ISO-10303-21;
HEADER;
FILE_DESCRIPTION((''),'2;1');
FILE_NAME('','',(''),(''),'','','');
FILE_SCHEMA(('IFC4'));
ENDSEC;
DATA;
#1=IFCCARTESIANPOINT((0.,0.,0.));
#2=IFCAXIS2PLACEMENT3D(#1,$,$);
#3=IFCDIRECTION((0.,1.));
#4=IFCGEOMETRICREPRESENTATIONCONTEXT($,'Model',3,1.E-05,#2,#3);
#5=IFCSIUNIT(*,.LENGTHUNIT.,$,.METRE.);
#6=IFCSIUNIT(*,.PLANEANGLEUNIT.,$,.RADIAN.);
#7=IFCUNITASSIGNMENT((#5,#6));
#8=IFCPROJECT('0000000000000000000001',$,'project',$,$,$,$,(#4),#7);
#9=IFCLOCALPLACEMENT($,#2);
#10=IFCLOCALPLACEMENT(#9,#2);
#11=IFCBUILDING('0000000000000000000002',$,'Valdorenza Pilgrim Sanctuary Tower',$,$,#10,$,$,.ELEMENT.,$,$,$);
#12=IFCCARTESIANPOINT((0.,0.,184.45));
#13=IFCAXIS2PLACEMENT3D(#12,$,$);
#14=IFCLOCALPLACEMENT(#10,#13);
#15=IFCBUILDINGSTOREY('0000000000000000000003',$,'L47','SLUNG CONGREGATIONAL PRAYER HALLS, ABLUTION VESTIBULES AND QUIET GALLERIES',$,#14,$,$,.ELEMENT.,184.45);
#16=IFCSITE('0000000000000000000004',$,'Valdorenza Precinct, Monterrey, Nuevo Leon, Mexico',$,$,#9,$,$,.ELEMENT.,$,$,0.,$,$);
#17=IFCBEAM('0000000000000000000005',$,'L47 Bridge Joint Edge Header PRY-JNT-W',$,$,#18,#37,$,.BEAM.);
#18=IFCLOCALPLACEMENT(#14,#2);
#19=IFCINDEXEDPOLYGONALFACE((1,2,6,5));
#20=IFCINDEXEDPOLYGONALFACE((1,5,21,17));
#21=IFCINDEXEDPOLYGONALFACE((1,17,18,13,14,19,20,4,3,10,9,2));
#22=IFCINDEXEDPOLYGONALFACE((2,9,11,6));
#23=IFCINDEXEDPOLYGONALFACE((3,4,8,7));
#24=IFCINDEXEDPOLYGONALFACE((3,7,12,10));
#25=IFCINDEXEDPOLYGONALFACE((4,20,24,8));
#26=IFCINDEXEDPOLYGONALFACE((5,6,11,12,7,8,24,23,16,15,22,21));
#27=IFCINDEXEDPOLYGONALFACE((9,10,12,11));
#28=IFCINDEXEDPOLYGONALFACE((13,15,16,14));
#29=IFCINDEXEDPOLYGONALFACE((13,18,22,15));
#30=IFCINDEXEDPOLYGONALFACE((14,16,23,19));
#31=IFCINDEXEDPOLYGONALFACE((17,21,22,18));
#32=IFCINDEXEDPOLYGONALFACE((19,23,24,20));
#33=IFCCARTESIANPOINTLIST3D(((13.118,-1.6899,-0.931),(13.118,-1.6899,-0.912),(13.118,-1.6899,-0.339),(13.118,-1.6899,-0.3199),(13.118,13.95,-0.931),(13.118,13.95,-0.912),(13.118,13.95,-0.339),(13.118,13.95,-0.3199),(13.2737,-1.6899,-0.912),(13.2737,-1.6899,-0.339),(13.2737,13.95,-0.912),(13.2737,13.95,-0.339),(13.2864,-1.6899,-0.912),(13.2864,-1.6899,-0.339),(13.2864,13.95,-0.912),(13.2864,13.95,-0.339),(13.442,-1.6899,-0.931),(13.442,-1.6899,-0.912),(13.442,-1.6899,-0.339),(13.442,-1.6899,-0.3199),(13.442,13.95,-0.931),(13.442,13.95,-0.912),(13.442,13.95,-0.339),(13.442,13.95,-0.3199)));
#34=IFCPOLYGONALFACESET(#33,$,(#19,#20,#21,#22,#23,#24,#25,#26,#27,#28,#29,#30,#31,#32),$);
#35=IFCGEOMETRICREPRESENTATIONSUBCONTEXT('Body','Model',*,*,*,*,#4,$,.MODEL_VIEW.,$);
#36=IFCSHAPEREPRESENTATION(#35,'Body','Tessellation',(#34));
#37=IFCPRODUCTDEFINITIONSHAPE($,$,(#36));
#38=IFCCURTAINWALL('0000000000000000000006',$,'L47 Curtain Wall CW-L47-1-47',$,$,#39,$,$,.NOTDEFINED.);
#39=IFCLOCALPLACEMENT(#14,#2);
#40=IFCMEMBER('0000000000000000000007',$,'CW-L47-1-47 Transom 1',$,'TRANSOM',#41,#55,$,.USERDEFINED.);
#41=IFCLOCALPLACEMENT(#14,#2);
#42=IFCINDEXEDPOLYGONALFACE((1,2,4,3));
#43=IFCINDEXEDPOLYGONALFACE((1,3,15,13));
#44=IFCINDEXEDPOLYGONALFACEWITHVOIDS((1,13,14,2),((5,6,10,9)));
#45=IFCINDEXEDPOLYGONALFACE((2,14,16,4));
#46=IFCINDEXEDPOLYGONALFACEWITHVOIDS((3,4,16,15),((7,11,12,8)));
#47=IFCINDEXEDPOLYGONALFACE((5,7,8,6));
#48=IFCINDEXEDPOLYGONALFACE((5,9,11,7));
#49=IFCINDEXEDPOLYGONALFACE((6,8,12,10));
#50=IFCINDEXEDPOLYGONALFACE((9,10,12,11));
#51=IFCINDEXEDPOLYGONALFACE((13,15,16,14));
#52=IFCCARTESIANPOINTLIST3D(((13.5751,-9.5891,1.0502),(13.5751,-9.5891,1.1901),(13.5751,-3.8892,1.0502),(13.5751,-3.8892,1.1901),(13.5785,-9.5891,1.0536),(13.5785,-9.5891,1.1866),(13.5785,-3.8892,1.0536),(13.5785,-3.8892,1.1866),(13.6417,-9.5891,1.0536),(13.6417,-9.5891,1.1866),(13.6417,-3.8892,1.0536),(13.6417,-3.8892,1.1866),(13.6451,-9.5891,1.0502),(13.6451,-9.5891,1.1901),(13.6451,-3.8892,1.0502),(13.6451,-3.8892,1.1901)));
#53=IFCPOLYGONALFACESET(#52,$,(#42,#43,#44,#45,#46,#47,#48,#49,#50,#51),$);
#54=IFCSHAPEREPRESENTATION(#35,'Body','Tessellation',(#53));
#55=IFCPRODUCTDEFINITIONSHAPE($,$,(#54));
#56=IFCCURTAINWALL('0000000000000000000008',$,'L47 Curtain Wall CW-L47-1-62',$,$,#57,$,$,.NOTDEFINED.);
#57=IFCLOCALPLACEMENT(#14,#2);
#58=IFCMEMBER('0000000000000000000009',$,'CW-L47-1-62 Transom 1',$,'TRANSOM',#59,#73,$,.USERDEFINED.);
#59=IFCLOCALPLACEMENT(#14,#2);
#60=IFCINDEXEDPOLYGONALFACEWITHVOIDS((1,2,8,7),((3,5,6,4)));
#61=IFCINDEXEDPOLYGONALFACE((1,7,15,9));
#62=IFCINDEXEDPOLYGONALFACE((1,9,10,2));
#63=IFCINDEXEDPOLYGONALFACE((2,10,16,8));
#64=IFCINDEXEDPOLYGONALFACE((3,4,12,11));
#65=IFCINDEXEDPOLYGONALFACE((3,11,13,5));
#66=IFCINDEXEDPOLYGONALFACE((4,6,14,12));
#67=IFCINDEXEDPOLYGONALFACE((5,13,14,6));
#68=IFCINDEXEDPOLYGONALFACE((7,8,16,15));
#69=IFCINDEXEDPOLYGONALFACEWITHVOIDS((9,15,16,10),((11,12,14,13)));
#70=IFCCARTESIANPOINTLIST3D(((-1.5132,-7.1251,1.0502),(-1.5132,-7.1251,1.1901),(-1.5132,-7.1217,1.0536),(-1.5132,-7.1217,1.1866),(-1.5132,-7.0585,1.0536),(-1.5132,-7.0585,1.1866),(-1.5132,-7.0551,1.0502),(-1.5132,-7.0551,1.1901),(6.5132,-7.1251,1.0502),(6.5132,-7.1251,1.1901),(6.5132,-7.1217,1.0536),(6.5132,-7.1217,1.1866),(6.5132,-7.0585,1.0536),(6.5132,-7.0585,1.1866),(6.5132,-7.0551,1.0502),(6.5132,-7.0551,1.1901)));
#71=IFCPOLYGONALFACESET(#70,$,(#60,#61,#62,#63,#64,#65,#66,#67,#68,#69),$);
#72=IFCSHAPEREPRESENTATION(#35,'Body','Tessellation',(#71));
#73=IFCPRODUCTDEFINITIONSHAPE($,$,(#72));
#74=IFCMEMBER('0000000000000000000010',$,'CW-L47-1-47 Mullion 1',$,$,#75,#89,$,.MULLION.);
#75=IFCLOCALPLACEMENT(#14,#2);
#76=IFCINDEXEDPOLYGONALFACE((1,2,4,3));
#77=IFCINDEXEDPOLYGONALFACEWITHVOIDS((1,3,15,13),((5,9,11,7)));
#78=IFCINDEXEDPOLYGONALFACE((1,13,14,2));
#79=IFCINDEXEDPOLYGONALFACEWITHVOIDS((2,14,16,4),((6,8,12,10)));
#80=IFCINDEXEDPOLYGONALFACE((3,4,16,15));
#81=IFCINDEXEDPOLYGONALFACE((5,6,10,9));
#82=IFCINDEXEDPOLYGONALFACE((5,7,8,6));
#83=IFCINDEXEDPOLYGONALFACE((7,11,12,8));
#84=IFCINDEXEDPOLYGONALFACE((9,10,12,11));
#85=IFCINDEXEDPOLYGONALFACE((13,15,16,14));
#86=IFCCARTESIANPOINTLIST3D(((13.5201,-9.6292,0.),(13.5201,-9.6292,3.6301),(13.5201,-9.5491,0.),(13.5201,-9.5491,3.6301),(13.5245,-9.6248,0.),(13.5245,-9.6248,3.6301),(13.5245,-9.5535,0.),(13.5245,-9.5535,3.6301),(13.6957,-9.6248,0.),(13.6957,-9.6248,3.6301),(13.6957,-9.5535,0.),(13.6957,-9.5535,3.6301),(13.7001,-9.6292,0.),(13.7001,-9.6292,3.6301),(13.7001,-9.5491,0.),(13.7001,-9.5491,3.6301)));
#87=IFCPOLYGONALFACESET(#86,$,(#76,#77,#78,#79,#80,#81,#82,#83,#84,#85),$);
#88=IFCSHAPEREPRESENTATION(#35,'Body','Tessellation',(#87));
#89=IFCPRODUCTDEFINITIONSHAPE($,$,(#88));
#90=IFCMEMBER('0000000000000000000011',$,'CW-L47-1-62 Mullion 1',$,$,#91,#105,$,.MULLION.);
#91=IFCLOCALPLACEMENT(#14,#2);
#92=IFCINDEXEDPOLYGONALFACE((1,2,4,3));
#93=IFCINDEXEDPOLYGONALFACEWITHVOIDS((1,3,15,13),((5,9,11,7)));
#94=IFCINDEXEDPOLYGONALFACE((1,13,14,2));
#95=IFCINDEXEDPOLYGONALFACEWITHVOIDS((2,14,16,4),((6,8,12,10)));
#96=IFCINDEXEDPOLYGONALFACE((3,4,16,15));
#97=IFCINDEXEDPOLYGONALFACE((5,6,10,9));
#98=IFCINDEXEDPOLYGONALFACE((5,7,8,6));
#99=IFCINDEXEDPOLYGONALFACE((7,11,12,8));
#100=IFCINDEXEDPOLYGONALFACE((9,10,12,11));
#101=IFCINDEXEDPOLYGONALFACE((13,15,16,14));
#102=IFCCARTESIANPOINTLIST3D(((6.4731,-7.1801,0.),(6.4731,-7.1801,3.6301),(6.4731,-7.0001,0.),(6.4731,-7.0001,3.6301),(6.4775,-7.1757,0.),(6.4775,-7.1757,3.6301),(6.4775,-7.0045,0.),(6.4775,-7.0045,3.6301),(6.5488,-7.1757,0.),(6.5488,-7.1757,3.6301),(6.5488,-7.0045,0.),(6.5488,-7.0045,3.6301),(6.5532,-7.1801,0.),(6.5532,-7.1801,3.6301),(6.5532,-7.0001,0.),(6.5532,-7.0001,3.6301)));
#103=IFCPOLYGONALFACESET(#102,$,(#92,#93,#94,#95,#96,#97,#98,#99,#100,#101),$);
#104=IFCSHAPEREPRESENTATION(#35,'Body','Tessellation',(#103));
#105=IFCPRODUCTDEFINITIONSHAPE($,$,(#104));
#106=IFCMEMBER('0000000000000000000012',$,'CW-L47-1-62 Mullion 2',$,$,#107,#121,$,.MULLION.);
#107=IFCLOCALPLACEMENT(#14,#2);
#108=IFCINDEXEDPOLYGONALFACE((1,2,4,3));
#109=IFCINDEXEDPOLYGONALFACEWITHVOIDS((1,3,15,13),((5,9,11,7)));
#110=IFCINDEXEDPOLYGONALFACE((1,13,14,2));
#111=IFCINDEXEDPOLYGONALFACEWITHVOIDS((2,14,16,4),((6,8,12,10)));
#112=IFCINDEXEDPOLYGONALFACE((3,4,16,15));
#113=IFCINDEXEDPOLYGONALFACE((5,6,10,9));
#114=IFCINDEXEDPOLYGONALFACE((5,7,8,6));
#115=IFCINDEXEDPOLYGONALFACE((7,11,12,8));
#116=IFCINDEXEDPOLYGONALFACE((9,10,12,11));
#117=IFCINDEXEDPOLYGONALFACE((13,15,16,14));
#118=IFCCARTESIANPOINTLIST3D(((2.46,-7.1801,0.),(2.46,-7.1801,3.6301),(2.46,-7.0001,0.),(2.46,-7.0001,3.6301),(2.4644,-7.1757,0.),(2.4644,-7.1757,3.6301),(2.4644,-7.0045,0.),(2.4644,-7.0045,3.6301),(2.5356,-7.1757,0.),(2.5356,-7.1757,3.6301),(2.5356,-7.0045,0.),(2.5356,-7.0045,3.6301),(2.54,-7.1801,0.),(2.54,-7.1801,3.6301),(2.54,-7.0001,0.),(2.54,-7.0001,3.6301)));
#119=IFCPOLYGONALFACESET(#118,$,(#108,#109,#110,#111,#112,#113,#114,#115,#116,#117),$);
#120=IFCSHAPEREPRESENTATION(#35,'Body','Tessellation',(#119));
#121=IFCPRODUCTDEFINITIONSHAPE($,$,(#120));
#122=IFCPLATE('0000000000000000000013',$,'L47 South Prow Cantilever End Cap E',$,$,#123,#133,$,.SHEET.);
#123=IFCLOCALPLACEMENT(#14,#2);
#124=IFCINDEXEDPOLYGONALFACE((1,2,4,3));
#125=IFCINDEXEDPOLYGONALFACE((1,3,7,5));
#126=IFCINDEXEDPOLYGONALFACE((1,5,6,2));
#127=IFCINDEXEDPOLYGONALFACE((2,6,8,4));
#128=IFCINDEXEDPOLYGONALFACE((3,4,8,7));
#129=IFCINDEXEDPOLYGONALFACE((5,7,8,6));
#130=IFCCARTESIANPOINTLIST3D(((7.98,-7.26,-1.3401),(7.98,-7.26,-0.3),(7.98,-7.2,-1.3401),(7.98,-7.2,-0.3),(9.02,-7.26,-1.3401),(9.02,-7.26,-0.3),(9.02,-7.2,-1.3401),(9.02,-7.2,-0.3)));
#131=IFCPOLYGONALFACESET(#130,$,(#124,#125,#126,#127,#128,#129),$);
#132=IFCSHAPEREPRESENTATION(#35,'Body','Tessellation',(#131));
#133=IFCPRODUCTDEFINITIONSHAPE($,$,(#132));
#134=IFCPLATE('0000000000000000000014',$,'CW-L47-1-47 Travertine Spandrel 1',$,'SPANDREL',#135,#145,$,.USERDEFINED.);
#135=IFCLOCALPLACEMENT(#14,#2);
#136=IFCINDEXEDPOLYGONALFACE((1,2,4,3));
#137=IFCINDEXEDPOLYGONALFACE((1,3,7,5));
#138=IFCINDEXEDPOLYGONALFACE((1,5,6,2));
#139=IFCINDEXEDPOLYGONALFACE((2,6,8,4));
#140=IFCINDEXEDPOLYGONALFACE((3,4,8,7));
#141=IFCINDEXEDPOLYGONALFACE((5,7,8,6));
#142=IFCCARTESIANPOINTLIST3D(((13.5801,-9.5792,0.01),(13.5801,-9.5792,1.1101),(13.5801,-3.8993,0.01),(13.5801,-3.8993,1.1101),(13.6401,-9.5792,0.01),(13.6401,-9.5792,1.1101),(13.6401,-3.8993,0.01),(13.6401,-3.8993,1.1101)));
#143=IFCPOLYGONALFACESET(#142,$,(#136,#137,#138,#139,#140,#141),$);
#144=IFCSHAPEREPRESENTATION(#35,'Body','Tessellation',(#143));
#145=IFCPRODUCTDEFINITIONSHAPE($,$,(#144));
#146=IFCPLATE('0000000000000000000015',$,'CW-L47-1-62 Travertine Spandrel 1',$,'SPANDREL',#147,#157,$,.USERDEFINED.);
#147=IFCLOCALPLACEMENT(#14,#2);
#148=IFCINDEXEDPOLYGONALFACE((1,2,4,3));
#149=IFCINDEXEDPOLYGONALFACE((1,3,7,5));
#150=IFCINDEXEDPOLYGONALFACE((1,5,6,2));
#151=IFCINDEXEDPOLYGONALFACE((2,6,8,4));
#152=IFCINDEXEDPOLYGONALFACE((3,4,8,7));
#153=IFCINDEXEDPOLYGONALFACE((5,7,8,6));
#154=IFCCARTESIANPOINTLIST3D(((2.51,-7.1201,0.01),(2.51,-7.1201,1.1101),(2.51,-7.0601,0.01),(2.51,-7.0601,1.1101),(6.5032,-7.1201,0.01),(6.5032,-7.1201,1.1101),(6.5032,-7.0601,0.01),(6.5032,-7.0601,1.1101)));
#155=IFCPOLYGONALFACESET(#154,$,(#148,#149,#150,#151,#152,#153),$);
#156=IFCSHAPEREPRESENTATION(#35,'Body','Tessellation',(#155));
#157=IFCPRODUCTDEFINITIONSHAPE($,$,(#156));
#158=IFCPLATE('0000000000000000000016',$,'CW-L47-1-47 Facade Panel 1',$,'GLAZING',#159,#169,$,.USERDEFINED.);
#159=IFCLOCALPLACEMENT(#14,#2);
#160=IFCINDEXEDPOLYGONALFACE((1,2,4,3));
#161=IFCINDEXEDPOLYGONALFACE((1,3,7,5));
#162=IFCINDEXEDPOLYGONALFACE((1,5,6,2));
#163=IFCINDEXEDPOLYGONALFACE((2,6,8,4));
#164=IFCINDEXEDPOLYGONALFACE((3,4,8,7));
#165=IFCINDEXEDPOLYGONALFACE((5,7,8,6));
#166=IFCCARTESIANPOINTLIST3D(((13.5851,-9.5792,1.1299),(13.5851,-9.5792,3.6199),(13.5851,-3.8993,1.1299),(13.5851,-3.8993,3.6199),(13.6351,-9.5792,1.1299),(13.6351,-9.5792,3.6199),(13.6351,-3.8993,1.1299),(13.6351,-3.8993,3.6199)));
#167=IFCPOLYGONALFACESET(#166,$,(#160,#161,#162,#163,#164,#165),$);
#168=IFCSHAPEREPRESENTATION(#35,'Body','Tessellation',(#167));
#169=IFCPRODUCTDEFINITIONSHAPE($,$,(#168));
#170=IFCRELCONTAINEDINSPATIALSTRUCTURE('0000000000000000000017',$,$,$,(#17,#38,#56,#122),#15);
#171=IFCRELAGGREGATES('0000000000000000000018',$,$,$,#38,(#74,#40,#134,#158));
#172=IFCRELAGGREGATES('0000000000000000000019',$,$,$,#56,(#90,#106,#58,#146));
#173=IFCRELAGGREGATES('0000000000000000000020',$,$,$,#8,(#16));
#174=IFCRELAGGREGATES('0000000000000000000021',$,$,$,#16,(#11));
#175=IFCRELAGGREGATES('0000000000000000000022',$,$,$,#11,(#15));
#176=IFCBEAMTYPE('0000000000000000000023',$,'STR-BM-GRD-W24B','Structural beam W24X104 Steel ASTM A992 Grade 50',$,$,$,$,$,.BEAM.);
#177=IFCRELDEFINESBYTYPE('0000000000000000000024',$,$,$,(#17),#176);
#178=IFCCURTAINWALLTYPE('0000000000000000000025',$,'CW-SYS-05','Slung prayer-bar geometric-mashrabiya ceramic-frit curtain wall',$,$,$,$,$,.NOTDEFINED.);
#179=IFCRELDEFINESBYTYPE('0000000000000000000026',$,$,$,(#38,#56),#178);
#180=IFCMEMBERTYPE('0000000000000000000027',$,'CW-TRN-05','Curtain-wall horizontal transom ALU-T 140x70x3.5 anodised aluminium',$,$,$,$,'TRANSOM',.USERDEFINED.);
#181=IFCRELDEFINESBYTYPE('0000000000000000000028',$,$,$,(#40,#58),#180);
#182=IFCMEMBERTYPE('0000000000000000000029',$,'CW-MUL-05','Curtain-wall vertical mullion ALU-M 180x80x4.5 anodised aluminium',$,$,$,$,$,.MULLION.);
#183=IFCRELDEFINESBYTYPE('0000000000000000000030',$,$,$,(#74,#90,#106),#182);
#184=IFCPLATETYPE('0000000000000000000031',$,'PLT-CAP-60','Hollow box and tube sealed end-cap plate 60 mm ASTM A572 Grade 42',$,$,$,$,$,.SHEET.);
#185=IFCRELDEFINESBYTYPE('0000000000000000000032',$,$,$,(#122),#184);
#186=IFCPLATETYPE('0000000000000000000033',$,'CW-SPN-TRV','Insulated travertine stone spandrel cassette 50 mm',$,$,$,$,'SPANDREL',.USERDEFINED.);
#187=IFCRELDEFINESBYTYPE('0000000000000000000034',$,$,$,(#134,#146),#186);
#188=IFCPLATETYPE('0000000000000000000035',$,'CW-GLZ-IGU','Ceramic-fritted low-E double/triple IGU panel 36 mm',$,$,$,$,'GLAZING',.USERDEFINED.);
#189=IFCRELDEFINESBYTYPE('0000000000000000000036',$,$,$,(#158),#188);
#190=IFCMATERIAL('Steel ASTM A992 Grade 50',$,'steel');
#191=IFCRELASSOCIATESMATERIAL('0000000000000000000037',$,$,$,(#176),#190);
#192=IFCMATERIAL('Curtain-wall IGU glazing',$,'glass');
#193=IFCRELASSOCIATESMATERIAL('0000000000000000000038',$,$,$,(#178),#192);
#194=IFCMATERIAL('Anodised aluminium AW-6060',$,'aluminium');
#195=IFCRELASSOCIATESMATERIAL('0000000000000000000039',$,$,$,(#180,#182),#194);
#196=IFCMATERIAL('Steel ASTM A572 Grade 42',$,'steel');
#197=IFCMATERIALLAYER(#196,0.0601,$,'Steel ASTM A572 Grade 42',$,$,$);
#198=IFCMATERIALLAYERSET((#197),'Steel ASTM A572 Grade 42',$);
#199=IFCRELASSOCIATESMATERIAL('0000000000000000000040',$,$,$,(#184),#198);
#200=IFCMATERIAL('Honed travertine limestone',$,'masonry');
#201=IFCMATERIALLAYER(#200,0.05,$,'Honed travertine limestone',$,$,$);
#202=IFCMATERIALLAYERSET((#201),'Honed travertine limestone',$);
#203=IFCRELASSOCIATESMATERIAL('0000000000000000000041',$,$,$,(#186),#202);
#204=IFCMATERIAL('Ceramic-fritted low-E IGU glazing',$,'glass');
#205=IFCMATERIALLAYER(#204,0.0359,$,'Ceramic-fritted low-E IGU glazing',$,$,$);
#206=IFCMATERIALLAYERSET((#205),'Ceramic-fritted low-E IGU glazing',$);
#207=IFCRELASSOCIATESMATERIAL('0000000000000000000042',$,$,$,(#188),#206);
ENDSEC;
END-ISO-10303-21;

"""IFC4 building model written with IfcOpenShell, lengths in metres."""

from ifc_helpers import new_model, si_unit, direction, frame, origin, origin_2d, place, context, subcontext, project, spatial, rectangle, hollow_rectangle, i_section, extrude, source, transform, mapped, material, layer, layer_set, material_profile, profile_set, type_object, element, aggregate, save


model = new_model("IFC4")

# Units and contexts
model_context = context("Model", 3, precision=1e-05, world=origin(), true_north=direction((0.0, 1.0)))
body_context = subcontext(model_context, "Body", "Model", "MODEL_VIEW")
ifc_project = project(units=[si_unit("LENGTHUNIT", "METRE"), si_unit("PLANEANGLEUNIT", "RADIAN")], contexts=[model_context])

# Site, building, storey
site_placement = place(None, origin())
site = spatial("IfcSite", under=ifc_project, at=site_placement, Name="Valdorenza Precinct, Monterrey, Nuevo Leon, Mexico", CompositionType="ELEMENT", RefElevation=0.0)
building_placement = place(site_placement, origin())
building = spatial("IfcBuilding", under=site, at=building_placement, Name="Valdorenza Pilgrim Sanctuary Tower", CompositionType="ELEMENT")
storey_placement = place(building_placement, frame((0.0, 0.0, 184.45)))
storey = spatial("IfcBuildingStorey", under=building, at=storey_placement, Name="L47", Description="SLUNG CONGREGATIONAL PRAYER HALLS, ABLUTION VESTIBULES AND QUIET GALLERIES", CompositionType="ELEMENT", Elevation=184.45)

# Beam
ifc_material_1 = material(Name="Steel ASTM A992 Grade 50", Category="steel")
ifc_material_profile_1 = material_profile(ifc_material_1, i_section(OverallWidth=0.324, OverallDepth=0.6111, WebThickness=0.0127, FlangeThickness=0.019, at=origin_2d()), Name="W24X104")
ifc_profile_set_1 = profile_set([ifc_material_profile_1], Name="Steel ASTM A992 Grade 50")
beam_type = type_object("IfcBeamType", Name="STR-BM-GRD-W24B", Description="Structural beam W24X104 Steel ASTM A992 Grade 50", PredefinedType="BEAM", material=ifc_profile_set_1)
shared_shape_1 = source(origin(), body_context, "Body", "SweptSolid", [
    extrude(i_section(OverallWidth=0.324, OverallDepth=0.6111, WebThickness=0.0127, FlangeThickness=0.019, at=origin_2d()), origin(), (0.0, 0.0, 1.0), 15.6399),
])
beam_placement = place(storey_placement, frame((13.28, -1.6899, -0.6255), z_axis=(0.0, 1.0, 0.0), x_axis=(-1.0, 0.0, 0.0)))
element("IfcBeam", 1, at=beam_placement, inside=storey, type_object=beam_type, Name="L47 Bridge Joint Edge Header PRY-JNT-W", PredefinedType="BEAM", context=body_context, shape_type="MappedRepresentation", body=[
    mapped(shared_shape_1, transform((0.0, 0.0, 0.0), x_axis=(1.0, 0.0, 0.0), y_axis=(0.0, 1.0, 0.0), z_axis=(0.0, 0.0, 1.0), scale=1.0)),
])

# Curtain walls, members
ifc_material_2 = material(Name="Curtain-wall IGU glazing", Category="glass")
curtain_wall_type = type_object("IfcCurtainWallType", Name="CW-SYS-05", Description="Slung prayer-bar geometric-mashrabiya ceramic-frit curtain wall", PredefinedType="NOTDEFINED", material=ifc_material_2)
curtain_wall_1_placement = place(storey_placement, origin())
curtain_wall_1 = element("IfcCurtainWall", 2, at=curtain_wall_1_placement, inside=storey, type_object=curtain_wall_type, Name="L47 Curtain Wall CW-L47-1-47", PredefinedType="NOTDEFINED")
ifc_material_3 = material(Name="Anodised aluminium AW-6060", Category="aluminium")
ifc_material_profile_2 = material_profile(ifc_material_3, hollow_rectangle(XDim=0.0701, YDim=0.1399, WallThickness=0.0034, at=origin_2d()), Name="ALU-T 140x70x3.5")
ifc_profile_set_2 = profile_set([ifc_material_profile_2], Name="Anodised aluminium AW-6060")
member_type_1 = type_object("IfcMemberType", Name="CW-TRN-05", Description="Curtain-wall horizontal transom ALU-T 140x70x3.5 anodised aluminium", ElementType="TRANSOM", PredefinedType="USERDEFINED", material=ifc_profile_set_2)
shared_shape_2 = source(origin(), body_context, "Body", "SweptSolid", [
    extrude(hollow_rectangle(XDim=0.0701, YDim=0.1399, WallThickness=0.0034, at=origin_2d()), origin(), (0.0, 0.0, 1.0), 5.7),
])
member_1_placement = place(storey_placement, frame((13.6101, -9.5891, 1.1201), z_axis=(0.0, 1.0, 0.0), x_axis=(-1.0, 0.0, 0.0)))
member_1 = element("IfcMember", 3, at=member_1_placement, type_object=member_type_1, Name="CW-L47-1-47 Transom 1", ObjectType="TRANSOM", PredefinedType="USERDEFINED", context=body_context, shape_type="MappedRepresentation", body=[
    mapped(shared_shape_2, transform((0.0, 0.0, 0.0), x_axis=(1.0, 0.0, 0.0), y_axis=(0.0, 1.0, 0.0), z_axis=(0.0, 0.0, 1.0), scale=1.0)),
])
curtain_wall_2_placement = place(storey_placement, origin())
curtain_wall_2 = element("IfcCurtainWall", 4, at=curtain_wall_2_placement, inside=storey, type_object=curtain_wall_type, Name="L47 Curtain Wall CW-L47-1-62", PredefinedType="NOTDEFINED")
shared_shape_3 = source(origin(), body_context, "Body", "SweptSolid", [
    extrude(hollow_rectangle(XDim=0.0701, YDim=0.1399, WallThickness=0.0034, at=origin_2d()), origin(), (0.0, 0.0, 1.0), 8.0264),
])
member_2_placement = place(storey_placement, frame((6.5132, -7.0901, 1.1201), z_axis=(-1.0, 0.0, 0.0), x_axis=(0.0, -1.0, 0.0)))
member_2 = element("IfcMember", 5, at=member_2_placement, type_object=member_type_1, Name="CW-L47-1-62 Transom 1", ObjectType="TRANSOM", PredefinedType="USERDEFINED", context=body_context, shape_type="MappedRepresentation", body=[
    mapped(shared_shape_3, transform((0.0, 0.0, 0.0), x_axis=(1.0, 0.0, 0.0), y_axis=(0.0, 1.0, 0.0), z_axis=(0.0, 0.0, 1.0), scale=1.0)),
])

# Members
ifc_material_profile_3 = material_profile(ifc_material_3, hollow_rectangle(XDim=0.0801, YDim=0.1799, WallThickness=0.0044, at=origin_2d()), Name="ALU-M 180x80x4.5")
ifc_profile_set_3 = profile_set([ifc_material_profile_3], Name="Anodised aluminium AW-6060")
member_type_2 = type_object("IfcMemberType", Name="CW-MUL-05", Description="Curtain-wall vertical mullion ALU-M 180x80x4.5 anodised aluminium", PredefinedType="MULLION", material=ifc_profile_set_3)
shared_shape_4 = source(origin(), body_context, "Body", "SweptSolid", [
    extrude(hollow_rectangle(XDim=0.0801, YDim=0.1799, WallThickness=0.0044, at=origin_2d()), origin(), (0.0, 0.0, 1.0), 3.6301),
])
member_3_placement = place(storey_placement, frame((13.6101, -9.5891, 0.0), z_axis=(0.0, 0.0, 1.0), x_axis=(0.0, 1.0, 0.0)))
member_3 = element("IfcMember", 6, at=member_3_placement, type_object=member_type_2, Name="CW-L47-1-47 Mullion 1", PredefinedType="MULLION", context=body_context, shape_type="MappedRepresentation", body=[
    mapped(shared_shape_4, transform((0.0, 0.0, 0.0), x_axis=(1.0, 0.0, 0.0), y_axis=(0.0, 1.0, 0.0), z_axis=(0.0, 0.0, 1.0), scale=1.0)),
])
member_4_placement = place(storey_placement, frame((6.5132, -7.0901, 0.0), z_axis=(0.0, 0.0, 1.0), x_axis=(-1.0, 0.0, 0.0)))
member_4 = element("IfcMember", 7, at=member_4_placement, type_object=member_type_2, Name="CW-L47-1-62 Mullion 1", PredefinedType="MULLION", context=body_context, shape_type="MappedRepresentation", body=[
    mapped(shared_shape_4, transform((0.0, 0.0, 0.0), x_axis=(1.0, 0.0, 0.0), y_axis=(0.0, 1.0, 0.0), z_axis=(0.0, 0.0, 1.0), scale=1.0)),
])
member_5_placement = place(storey_placement, frame((2.5, -7.0901, 0.0), z_axis=(0.0, 0.0, 1.0), x_axis=(-1.0, 0.0, 0.0)))
member_5 = element("IfcMember", 8, at=member_5_placement, type_object=member_type_2, Name="CW-L47-1-62 Mullion 2", PredefinedType="MULLION", context=body_context, shape_type="MappedRepresentation", body=[
    mapped(shared_shape_4, transform((0.0, 0.0, 0.0), x_axis=(1.0, 0.0, 0.0), y_axis=(0.0, 1.0, 0.0), z_axis=(0.0, 0.0, 1.0), scale=1.0)),
])

# Plates
ifc_material_4 = material(Name="Steel ASTM A572 Grade 42", Category="steel")
ifc_layer_1 = layer(ifc_material_4, 0.0601, Name="Steel ASTM A572 Grade 42")
ifc_layer_set_1 = layer_set([ifc_layer_1], Name="Steel ASTM A572 Grade 42")
plate_type_1 = type_object("IfcPlateType", Name="PLT-CAP-60", Description="Hollow box and tube sealed end-cap plate 60 mm ASTM A572 Grade 42", PredefinedType="SHEET", material=ifc_layer_set_1)
shared_shape_5 = source(origin(), body_context, "Body", "SweptSolid", [
    extrude(rectangle(XDim=1.04, YDim=0.0601, at=origin_2d()), origin(), (0.0, 0.0, 1.0), 1.04),
])
plate_1_placement = place(storey_placement, frame((8.5, -7.23, -1.3401), z_axis=(0.0, 0.0, 1.0), x_axis=(1.0, 0.0, 0.0)))
element("IfcPlate", 9, at=plate_1_placement, inside=storey, type_object=plate_type_1, Name="L47 South Prow Cantilever End Cap E", PredefinedType="SHEET", context=body_context, shape_type="MappedRepresentation", body=[
    mapped(shared_shape_5, transform((0.0, 0.0, 0.0), x_axis=(1.0, 0.0, 0.0), y_axis=(0.0, 1.0, 0.0), z_axis=(0.0, 0.0, 1.0), scale=1.0)),
])
ifc_material_5 = material(Name="Honed travertine limestone", Category="masonry")
ifc_layer_2 = layer(ifc_material_5, 0.05, Name="Honed travertine limestone")
ifc_layer_set_2 = layer_set([ifc_layer_2], Name="Honed travertine limestone")
plate_type_2 = type_object("IfcPlateType", Name="CW-SPN-TRV", Description="Insulated travertine stone spandrel cassette 50 mm", ElementType="SPANDREL", PredefinedType="USERDEFINED", material=ifc_layer_set_2)
shared_shape_6 = source(origin(), body_context, "Body", "SweptSolid", [
    extrude(rectangle(XDim=5.6799, YDim=0.0601, at=origin_2d()), origin(), (0.0, 0.0, 1.0), 1.1001),
])
plate_2_placement = place(storey_placement, frame((13.6101, -6.7393, 0.01), z_axis=(0.0, 0.0, 1.0), x_axis=(0.0, 1.0, 0.0)))
plate_2 = element("IfcPlate", 10, at=plate_2_placement, type_object=plate_type_2, Name="CW-L47-1-47 Travertine Spandrel 1", ObjectType="SPANDREL", PredefinedType="USERDEFINED", context=body_context, shape_type="MappedRepresentation", body=[
    mapped(shared_shape_6, transform((0.0, 0.0, 0.0), x_axis=(1.0, 0.0, 0.0), y_axis=(0.0, 1.0, 0.0), z_axis=(0.0, 0.0, 1.0), scale=1.0)),
])
shared_shape_7 = source(origin(), body_context, "Body", "SweptSolid", [
    extrude(rectangle(XDim=3.9932, YDim=0.0601, at=origin_2d()), origin(), (0.0, 0.0, 1.0), 1.1001),
])
plate_3_placement = place(storey_placement, frame((4.5066, -7.0901, 0.01), z_axis=(0.0, 0.0, 1.0), x_axis=(-1.0, 0.0, 0.0)))
plate_3 = element("IfcPlate", 11, at=plate_3_placement, type_object=plate_type_2, Name="CW-L47-1-62 Travertine Spandrel 1", ObjectType="SPANDREL", PredefinedType="USERDEFINED", context=body_context, shape_type="MappedRepresentation", body=[
    mapped(shared_shape_7, transform((0.0, 0.0, 0.0), x_axis=(1.0, 0.0, 0.0), y_axis=(0.0, 1.0, 0.0), z_axis=(0.0, 0.0, 1.0), scale=1.0)),
])
ifc_material_6 = material(Name="Ceramic-fritted low-E IGU glazing", Category="glass")
ifc_layer_3 = layer(ifc_material_6, 0.0359, Name="Ceramic-fritted low-E IGU glazing")
ifc_layer_set_3 = layer_set([ifc_layer_3], Name="Ceramic-fritted low-E IGU glazing")
plate_type_3 = type_object("IfcPlateType", Name="CW-GLZ-IGU", Description="Ceramic-fritted low-E double/triple IGU panel 36 mm", ElementType="GLAZING", PredefinedType="USERDEFINED", material=ifc_layer_set_3)
shared_shape_8 = source(origin(), body_context, "Body", "SweptSolid", [
    extrude(rectangle(XDim=5.6799, YDim=0.05, at=origin_2d()), origin(), (0.0, 0.0, 1.0), 2.49),
])
plate_4_placement = place(storey_placement, frame((13.6101, -6.7393, 1.1299), z_axis=(0.0, 0.0, 1.0), x_axis=(0.0, 1.0, 0.0)))
plate_4 = element("IfcPlate", 12, at=plate_4_placement, type_object=plate_type_3, Name="CW-L47-1-47 Facade Panel 1", ObjectType="GLAZING", PredefinedType="USERDEFINED", context=body_context, shape_type="MappedRepresentation", body=[
    mapped(shared_shape_8, transform((0.0, 0.0, 0.0), x_axis=(1.0, 0.0, 0.0), y_axis=(0.0, 1.0, 0.0), z_axis=(0.0, 0.0, 1.0), scale=1.0)),
])
aggregate(curtain_wall_1, [member_3, member_1, plate_2, plate_4])
aggregate(curtain_wall_2, [member_4, member_5, member_2, plate_3])

save(model, "model.ifc")
